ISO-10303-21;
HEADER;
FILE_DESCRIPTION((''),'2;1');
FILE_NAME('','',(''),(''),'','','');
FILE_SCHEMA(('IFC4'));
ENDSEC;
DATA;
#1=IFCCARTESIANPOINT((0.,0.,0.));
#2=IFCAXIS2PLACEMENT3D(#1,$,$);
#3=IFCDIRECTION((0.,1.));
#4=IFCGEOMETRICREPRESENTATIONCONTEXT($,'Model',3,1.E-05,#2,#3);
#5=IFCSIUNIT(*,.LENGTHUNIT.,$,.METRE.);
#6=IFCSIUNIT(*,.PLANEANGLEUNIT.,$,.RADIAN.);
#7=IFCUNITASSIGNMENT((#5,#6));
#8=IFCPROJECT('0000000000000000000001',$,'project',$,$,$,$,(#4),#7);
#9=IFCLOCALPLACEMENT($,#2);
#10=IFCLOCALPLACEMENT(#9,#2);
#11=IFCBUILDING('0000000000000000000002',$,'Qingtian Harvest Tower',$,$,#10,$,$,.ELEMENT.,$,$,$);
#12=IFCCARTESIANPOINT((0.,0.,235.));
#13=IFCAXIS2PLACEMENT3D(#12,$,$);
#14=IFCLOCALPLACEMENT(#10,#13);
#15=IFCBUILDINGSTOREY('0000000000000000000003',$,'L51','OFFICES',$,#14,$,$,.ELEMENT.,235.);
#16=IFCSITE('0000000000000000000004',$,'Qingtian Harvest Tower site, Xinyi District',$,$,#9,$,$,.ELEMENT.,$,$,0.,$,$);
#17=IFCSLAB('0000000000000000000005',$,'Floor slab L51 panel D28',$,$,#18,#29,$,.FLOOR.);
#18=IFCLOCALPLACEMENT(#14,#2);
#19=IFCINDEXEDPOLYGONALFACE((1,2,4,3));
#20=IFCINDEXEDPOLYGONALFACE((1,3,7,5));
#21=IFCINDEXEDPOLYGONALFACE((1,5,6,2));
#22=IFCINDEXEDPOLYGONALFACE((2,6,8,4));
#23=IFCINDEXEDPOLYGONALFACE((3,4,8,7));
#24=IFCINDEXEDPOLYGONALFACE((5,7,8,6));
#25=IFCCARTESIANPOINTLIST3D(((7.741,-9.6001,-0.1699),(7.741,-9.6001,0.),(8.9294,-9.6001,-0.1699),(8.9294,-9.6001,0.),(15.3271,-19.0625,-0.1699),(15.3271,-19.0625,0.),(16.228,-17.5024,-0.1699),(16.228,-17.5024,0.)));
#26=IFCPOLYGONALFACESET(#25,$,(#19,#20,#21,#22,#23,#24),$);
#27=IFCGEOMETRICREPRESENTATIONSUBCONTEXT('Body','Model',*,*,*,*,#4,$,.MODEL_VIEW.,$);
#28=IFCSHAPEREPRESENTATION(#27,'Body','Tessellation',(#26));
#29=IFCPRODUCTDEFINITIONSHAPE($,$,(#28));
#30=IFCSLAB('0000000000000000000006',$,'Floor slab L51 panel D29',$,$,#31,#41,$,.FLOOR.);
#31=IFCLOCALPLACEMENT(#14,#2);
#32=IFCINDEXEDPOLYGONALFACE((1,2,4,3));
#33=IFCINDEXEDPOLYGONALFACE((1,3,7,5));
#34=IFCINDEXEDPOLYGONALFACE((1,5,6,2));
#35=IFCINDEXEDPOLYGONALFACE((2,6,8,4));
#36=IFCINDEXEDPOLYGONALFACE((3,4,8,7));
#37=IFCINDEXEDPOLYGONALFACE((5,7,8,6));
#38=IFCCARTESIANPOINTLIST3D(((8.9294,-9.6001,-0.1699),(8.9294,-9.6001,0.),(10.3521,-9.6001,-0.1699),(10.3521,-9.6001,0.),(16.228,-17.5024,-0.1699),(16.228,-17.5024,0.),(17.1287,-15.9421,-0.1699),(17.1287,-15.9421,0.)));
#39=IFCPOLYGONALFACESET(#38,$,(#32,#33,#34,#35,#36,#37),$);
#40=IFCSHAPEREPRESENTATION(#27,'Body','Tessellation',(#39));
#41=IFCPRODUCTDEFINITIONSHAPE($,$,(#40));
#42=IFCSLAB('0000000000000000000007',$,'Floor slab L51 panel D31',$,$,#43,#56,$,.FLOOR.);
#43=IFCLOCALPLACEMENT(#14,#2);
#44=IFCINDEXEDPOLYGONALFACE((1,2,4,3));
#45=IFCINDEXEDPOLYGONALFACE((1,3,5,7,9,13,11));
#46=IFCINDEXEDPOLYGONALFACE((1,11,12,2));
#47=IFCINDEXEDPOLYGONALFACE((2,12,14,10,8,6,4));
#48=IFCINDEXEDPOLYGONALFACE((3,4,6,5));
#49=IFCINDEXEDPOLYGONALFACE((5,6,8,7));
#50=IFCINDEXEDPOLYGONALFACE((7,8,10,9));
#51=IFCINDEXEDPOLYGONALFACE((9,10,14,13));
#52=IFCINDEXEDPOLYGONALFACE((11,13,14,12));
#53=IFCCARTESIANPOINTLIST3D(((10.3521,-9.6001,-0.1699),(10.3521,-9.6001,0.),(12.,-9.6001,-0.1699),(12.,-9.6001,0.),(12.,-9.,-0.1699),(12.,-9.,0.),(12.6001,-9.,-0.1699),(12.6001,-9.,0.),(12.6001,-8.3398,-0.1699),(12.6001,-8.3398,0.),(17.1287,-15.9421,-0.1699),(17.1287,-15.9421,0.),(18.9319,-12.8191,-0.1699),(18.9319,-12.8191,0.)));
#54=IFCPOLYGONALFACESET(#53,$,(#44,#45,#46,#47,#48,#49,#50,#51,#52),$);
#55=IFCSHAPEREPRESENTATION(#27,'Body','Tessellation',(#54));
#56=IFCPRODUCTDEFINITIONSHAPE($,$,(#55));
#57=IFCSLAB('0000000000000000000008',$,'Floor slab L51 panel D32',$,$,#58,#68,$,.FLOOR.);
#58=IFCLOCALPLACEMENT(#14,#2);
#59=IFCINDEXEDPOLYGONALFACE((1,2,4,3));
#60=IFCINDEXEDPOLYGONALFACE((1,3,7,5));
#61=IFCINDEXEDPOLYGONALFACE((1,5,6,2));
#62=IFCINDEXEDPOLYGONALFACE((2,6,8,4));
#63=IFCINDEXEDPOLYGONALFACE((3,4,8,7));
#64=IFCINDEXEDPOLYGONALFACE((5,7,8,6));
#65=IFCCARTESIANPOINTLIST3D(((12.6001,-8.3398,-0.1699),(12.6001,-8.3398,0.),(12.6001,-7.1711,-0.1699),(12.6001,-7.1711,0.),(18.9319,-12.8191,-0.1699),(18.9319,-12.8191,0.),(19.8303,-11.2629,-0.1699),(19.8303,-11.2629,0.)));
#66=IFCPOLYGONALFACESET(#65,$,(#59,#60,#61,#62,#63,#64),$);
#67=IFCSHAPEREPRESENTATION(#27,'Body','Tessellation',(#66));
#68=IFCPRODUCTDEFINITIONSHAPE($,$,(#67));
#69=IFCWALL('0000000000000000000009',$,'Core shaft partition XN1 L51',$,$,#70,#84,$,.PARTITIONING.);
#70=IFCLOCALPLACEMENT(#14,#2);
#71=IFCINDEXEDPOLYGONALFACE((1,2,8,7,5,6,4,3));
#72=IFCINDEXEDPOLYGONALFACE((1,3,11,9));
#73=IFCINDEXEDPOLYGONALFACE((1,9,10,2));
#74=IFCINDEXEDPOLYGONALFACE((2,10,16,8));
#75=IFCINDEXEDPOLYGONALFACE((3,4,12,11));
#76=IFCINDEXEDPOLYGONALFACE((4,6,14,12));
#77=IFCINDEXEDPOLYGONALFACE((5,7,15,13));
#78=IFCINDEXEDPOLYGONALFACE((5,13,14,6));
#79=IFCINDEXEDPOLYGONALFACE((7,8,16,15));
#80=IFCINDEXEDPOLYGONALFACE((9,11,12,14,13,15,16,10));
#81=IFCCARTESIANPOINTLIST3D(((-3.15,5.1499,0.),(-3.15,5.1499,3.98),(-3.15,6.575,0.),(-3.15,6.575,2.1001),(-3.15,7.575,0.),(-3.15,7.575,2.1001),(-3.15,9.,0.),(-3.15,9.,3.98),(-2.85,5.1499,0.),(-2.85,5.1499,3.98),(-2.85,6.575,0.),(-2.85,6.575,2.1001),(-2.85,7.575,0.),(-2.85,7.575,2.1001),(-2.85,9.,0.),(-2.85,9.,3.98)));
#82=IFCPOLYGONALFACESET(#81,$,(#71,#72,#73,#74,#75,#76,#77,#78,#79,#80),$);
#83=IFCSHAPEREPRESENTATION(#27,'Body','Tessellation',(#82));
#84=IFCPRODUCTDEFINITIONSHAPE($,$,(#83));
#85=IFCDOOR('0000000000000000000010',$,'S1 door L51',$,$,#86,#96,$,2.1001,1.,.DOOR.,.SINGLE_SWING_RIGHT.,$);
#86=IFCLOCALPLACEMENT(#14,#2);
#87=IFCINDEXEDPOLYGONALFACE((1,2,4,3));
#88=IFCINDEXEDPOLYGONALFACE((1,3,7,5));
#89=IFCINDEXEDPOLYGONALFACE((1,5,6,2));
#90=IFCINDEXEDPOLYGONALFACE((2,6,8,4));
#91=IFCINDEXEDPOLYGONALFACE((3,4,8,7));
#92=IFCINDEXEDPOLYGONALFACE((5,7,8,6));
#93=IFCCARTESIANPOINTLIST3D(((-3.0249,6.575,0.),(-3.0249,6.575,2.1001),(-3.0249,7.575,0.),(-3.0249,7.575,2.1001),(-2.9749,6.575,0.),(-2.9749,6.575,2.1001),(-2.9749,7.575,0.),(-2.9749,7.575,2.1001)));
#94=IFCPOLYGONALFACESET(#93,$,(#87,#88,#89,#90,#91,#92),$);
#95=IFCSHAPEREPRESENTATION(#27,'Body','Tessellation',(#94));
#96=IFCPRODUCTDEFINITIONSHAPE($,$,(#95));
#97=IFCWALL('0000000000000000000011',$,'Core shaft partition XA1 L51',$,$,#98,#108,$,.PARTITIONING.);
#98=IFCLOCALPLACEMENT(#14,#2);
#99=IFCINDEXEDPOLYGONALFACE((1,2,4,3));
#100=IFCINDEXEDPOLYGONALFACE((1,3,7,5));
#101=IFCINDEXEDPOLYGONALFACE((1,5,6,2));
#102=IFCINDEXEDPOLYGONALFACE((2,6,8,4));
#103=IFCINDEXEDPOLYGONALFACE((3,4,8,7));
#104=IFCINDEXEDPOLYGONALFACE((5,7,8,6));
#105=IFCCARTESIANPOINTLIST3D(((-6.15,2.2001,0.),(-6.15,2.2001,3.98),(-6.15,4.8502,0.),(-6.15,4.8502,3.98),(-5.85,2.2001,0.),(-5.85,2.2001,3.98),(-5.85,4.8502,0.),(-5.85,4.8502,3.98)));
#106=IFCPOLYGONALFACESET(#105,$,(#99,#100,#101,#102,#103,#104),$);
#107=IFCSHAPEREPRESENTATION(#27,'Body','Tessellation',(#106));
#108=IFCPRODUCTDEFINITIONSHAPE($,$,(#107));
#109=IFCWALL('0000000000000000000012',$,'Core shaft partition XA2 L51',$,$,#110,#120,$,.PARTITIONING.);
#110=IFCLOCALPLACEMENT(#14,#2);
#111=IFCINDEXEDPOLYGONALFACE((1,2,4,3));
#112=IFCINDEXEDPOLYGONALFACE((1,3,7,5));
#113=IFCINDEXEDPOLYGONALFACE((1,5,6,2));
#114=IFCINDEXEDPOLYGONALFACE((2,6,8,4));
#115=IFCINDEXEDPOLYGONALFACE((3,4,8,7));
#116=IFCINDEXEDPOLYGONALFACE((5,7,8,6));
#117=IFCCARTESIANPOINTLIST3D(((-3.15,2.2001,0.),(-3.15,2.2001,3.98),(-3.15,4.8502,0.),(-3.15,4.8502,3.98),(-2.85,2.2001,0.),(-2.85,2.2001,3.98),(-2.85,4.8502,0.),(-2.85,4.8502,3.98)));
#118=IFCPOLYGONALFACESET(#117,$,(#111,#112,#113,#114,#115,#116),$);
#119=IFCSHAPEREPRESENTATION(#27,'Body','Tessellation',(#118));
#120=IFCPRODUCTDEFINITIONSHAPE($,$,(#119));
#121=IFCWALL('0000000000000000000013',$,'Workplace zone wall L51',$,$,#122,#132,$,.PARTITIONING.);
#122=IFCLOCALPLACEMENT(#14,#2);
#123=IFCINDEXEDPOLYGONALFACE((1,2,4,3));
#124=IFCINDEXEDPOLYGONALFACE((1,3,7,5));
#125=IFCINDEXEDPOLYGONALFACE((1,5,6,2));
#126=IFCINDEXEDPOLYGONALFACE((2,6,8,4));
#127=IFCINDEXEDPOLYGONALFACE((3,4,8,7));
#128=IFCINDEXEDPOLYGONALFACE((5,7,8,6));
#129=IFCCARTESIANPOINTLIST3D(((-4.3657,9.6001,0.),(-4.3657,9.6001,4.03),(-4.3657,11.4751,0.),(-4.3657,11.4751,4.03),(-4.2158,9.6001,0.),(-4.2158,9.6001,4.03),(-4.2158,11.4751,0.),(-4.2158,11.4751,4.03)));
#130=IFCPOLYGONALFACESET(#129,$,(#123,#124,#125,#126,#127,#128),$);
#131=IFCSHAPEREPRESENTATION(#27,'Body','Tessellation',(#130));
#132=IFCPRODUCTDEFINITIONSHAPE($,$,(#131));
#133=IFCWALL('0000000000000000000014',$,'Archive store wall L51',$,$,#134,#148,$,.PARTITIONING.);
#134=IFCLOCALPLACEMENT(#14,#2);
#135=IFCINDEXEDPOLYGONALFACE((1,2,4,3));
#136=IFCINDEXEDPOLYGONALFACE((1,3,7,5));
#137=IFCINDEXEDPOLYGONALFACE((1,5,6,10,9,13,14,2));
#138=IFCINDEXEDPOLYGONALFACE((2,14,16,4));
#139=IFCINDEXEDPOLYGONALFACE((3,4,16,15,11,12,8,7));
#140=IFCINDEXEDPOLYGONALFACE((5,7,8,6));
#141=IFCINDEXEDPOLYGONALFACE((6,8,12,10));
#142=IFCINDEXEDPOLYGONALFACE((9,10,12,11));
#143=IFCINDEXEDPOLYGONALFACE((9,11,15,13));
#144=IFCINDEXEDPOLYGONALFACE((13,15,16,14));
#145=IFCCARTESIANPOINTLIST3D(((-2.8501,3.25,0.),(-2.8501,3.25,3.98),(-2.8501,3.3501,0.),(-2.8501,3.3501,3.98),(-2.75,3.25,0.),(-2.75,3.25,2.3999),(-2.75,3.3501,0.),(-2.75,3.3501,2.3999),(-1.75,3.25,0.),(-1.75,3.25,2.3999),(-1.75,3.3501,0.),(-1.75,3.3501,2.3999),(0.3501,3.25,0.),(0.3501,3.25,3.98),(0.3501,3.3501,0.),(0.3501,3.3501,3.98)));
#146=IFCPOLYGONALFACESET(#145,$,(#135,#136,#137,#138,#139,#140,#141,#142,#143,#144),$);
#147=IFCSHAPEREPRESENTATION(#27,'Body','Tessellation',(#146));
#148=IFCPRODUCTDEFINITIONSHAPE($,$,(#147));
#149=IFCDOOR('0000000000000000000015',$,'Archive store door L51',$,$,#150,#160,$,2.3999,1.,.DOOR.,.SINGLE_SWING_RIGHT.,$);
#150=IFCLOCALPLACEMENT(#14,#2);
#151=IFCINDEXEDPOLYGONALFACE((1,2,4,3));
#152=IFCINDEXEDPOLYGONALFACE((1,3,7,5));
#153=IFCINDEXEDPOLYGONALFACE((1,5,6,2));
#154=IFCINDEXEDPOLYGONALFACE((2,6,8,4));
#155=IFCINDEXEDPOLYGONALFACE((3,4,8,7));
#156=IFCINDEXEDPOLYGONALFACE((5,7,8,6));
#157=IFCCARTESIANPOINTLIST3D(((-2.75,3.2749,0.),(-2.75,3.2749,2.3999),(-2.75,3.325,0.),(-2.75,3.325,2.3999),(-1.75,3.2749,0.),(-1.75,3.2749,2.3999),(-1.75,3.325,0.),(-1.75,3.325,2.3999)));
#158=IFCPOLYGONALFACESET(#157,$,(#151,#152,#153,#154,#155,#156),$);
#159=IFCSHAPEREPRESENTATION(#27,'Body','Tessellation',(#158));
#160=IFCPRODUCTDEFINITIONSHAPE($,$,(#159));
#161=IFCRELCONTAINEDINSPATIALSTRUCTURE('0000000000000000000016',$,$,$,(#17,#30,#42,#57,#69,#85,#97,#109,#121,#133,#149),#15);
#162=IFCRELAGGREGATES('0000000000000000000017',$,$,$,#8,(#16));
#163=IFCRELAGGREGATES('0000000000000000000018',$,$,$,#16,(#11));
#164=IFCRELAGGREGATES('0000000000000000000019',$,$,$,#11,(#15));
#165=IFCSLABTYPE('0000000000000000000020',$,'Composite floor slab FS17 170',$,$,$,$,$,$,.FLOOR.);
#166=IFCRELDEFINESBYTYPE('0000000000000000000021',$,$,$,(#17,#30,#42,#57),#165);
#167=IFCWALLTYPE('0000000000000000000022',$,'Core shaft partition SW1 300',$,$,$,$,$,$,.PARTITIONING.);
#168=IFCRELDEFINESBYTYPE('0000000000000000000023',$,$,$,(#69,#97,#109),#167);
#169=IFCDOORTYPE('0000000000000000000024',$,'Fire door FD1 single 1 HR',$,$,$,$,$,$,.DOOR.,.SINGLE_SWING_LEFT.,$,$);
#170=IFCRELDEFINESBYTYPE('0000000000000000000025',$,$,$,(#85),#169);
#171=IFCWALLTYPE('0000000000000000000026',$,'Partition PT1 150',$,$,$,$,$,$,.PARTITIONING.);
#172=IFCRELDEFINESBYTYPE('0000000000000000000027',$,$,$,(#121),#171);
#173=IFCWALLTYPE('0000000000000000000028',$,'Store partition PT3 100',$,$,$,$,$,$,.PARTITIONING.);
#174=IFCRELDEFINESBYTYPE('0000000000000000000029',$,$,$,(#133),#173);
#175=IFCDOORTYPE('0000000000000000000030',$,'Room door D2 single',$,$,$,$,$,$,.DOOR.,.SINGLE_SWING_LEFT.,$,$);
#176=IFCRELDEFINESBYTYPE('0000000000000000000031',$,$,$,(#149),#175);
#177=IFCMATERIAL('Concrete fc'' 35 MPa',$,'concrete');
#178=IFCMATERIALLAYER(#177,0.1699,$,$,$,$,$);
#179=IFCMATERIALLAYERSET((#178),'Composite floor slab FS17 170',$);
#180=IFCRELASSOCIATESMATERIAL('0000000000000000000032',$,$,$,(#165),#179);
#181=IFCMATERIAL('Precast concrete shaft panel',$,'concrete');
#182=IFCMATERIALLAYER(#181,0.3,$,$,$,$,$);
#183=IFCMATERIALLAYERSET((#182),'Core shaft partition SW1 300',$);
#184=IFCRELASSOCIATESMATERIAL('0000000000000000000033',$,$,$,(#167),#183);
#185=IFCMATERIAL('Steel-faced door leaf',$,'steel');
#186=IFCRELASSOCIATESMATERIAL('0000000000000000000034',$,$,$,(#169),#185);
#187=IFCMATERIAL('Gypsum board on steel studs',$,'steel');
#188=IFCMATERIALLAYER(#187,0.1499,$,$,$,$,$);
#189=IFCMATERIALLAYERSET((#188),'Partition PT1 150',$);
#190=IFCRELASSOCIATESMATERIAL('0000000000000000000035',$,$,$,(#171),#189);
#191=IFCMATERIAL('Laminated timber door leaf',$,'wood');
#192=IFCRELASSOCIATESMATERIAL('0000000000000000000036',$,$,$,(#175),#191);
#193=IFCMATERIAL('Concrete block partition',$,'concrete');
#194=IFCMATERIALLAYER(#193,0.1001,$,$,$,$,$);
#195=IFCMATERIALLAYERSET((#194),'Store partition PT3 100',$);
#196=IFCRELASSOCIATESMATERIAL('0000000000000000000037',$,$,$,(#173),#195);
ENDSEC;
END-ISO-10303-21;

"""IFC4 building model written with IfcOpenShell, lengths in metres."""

from ifc_helpers import new_model, si_unit, direction, frame, frame_2d, origin, place, context, subcontext, project, spatial, polyline, rectangle, outline, extrude, material, layer, layer_set, type_object, element, fill, save


model = new_model("IFC4")

# Units and contexts
model_context = context("Model", 3, precision=1e-05, world=origin(), true_north=direction((0.0, 1.0)))
body_context = subcontext(model_context, "Body", "Model", "MODEL_VIEW")
ifc_project = project(units=[si_unit("LENGTHUNIT", "METRE"), si_unit("PLANEANGLEUNIT", "RADIAN")], contexts=[model_context])

# Site, building, storey
site_placement = place(None, origin())
site = spatial("IfcSite", under=ifc_project, at=site_placement, Name="Qingtian Harvest Tower site, Xinyi District", CompositionType="ELEMENT", RefElevation=0.0)
building_placement = place(site_placement, origin())
building = spatial("IfcBuilding", under=site, at=building_placement, Name="Qingtian Harvest Tower", CompositionType="ELEMENT")
storey_placement = place(building_placement, frame((0.0, 0.0, 235.0)))
storey = spatial("IfcBuildingStorey", under=building, at=storey_placement, Name="L51", Description="OFFICES", CompositionType="ELEMENT", Elevation=235.0)

# Slabs
ifc_material_1 = material(Name="Concrete fc' 35 MPa", Category="concrete")
ifc_layer_1 = layer(ifc_material_1, 0.1699)
ifc_layer_set_1 = layer_set([ifc_layer_1], Name="Composite floor slab FS17 170")
slab_type = type_object("IfcSlabType", Name="Composite floor slab FS17 170", PredefinedType="FLOOR", material=ifc_layer_set_1)
slab_1_placement = place(storey_placement, frame((0.0, 0.0, -0.1699)))
element("IfcSlab", 1, at=slab_1_placement, inside=storey, type_object=slab_type, Name="Floor slab L51 panel D28", PredefinedType="FLOOR", context=body_context, shape_type="SweptSolid", body=[
    extrude(outline(polyline([(8.9294, -9.6001), (16.228, -17.5024), (15.3271, -19.0625), (7.741, -9.6001), (8.9294, -9.6001)])), origin(), (0.0, 0.0, 1.0), 0.1699),
])
slab_2_placement = place(storey_placement, frame((0.0, 0.0, -0.1699)))
element("IfcSlab", 2, at=slab_2_placement, inside=storey, type_object=slab_type, Name="Floor slab L51 panel D29", PredefinedType="FLOOR", context=body_context, shape_type="SweptSolid", body=[
    extrude(outline(polyline([(10.3521, -9.6001), (17.1287, -15.9421), (16.228, -17.5024), (8.9294, -9.6001), (10.3521, -9.6001)])), origin(), (0.0, 0.0, 1.0), 0.1699),
])
slab_3_placement = place(storey_placement, frame((0.0, 0.0, -0.1699)))
element("IfcSlab", 3, at=slab_3_placement, inside=storey, type_object=slab_type, Name="Floor slab L51 panel D31", PredefinedType="FLOOR", context=body_context, shape_type="SweptSolid", body=[
    extrude(outline(polyline([(12.6001, -8.3398), (18.9319, -12.8191), (17.1287, -15.9421), (10.3521, -9.6001), (12.0, -9.6001), (12.0, -9.0), (12.6001, -9.0), (12.6001, -8.3398)])), origin(), (0.0, 0.0, 1.0), 0.1699),
])
slab_4_placement = place(storey_placement, frame((0.0, 0.0, -0.1699)))
element("IfcSlab", 4, at=slab_4_placement, inside=storey, type_object=slab_type, Name="Floor slab L51 panel D32", PredefinedType="FLOOR", context=body_context, shape_type="SweptSolid", body=[
    extrude(outline(polyline([(12.6001, -7.1711), (19.8303, -11.2629), (18.9319, -12.8191), (12.6001, -8.3398), (12.6001, -7.1711)])), origin(), (0.0, 0.0, 1.0), 0.1699),
])

# Wall, opening, door
ifc_material_2 = material(Name="Precast concrete shaft panel", Category="concrete")
ifc_layer_2 = layer(ifc_material_2, 0.3)
ifc_layer_set_2 = layer_set([ifc_layer_2], Name="Core shaft partition SW1 300")
wall_type_1 = type_object("IfcWallType", Name="Core shaft partition SW1 300", PredefinedType="PARTITIONING", material=ifc_layer_set_2)
wall_1_placement = place(storey_placement, frame((-3.0, 5.1499, 0.0), z_axis=(0.0, 0.0, 1.0), x_axis=(0.0, 1.0, 0.0)))
wall_1 = element("IfcWall", 5, at=wall_1_placement, inside=storey, type_object=wall_type_1, Name="Core shaft partition XN1 L51", PredefinedType="PARTITIONING", context=body_context, shape_type="SweptSolid", body=[
    extrude(rectangle(XDim=3.8501, YDim=0.3, at=frame_2d((1.925, 0.0))), origin(), (0.0, 0.0, 1.0), 3.98),
])
opening_1_placement = place(wall_1_placement, frame((1.425, 0.0, 0.0)))
opening_1 = element("IfcOpeningElement", 6, at=opening_1_placement, cuts=wall_1, PredefinedType="OPENING", context=body_context, shape_type="SweptSolid", body=[
    extrude(rectangle(XDim=1.0, YDim=2.1001, at=frame_2d((0.5, 1.05))), frame((0.0, 0.1599, 0.0), z_axis=(0.0, -1.0, 0.0), x_axis=(1.0, 0.0, 0.0)), (0.0, 0.0, 1.0), 0.3201),
])
ifc_material_3 = material(Name="Steel-faced door leaf", Category="steel")
door_type_1 = type_object("IfcDoorType", Name="Fire door FD1 single 1 HR", OperationType="SINGLE_SWING_LEFT", PredefinedType="DOOR", material=ifc_material_3)
door_1_placement = place(opening_1_placement, origin())
door_1 = element("IfcDoor", 7, at=door_1_placement, inside=storey, type_object=door_type_1, Name="S1 door L51", OperationType="SINGLE_SWING_RIGHT", OverallHeight=2.1001, OverallWidth=1.0, PredefinedType="DOOR", context=body_context, shape_type="SweptSolid", body=[
    extrude(rectangle(XDim=1.0, YDim=2.1001, at=frame_2d((0.5, 1.05))), frame((0.0, 0.0249, 0.0), z_axis=(0.0, -1.0, 0.0), x_axis=(1.0, 0.0, 0.0)), (0.0, 0.0, 1.0), 0.05),
])
fill(opening_1, door_1)

# Walls
for number, where, z_axis, x_axis, name in (
    (8, (-6.0, 2.2, 0.0), (0.0, 0.0, 1.0), (0.0, 1.0, 0.0), "Core shaft partition XA1 L51"),
    (9, (-3.0, 2.2, 0.0), (0.0, 0.0, 1.0), (0.0, 1.0, 0.0), "Core shaft partition XA2 L51"),
):
    element("IfcWall", number, at=place(storey_placement, frame(where, z_axis=z_axis, x_axis=x_axis)), inside=storey, type_object=wall_type_1, Name=name, PredefinedType="PARTITIONING", context=body_context, shape_type="SweptSolid", body=[
        extrude(rectangle(XDim=2.6501, YDim=0.3, at=frame_2d((1.3252, 0.0))), origin(), (0.0, 0.0, 1.0), 3.98),
    ])
ifc_material_4 = material(Name="Gypsum board on steel studs", Category="steel")
ifc_layer_3 = layer(ifc_material_4, 0.1499)
ifc_layer_set_3 = layer_set([ifc_layer_3], Name="Partition PT1 150")
wall_type_2 = type_object("IfcWallType", Name="Partition PT1 150", PredefinedType="PARTITIONING", material=ifc_layer_set_3)
wall_2_placement = place(storey_placement, frame((-4.2908, 9.6001, 0.0), z_axis=(0.0, 0.0, 1.0), x_axis=(0.0, 1.0, 0.0)))
element("IfcWall", 10, at=wall_2_placement, inside=storey, type_object=wall_type_2, Name="Workplace zone wall L51", PredefinedType="PARTITIONING", context=body_context, shape_type="SweptSolid", body=[
    extrude(rectangle(XDim=1.875, YDim=0.1499, at=frame_2d((0.9375, 0.0))), origin(), (0.0, 0.0, 1.0), 4.03),
])

# Wall, opening, door
ifc_material_5 = material(Name="Laminated timber door leaf", Category="wood")
door_type_2 = type_object("IfcDoorType", Name="Room door D2 single", OperationType="SINGLE_SWING_LEFT", PredefinedType="DOOR", material=ifc_material_5)
ifc_material_6 = material(Name="Concrete block partition", Category="concrete")
ifc_layer_4 = layer(ifc_material_6, 0.1001)
ifc_layer_set_4 = layer_set([ifc_layer_4], Name="Store partition PT3 100")
wall_type_3 = type_object("IfcWallType", Name="Store partition PT3 100", PredefinedType="PARTITIONING", material=ifc_layer_set_4)
wall_3_placement = place(storey_placement, frame((-2.8501, 3.3, 0.0), z_axis=(0.0, 0.0, 1.0), x_axis=(1.0, 0.0, 0.0)))
wall_3 = element("IfcWall", 11, at=wall_3_placement, inside=storey, type_object=wall_type_3, Name="Archive store wall L51", PredefinedType="PARTITIONING", context=body_context, shape_type="SweptSolid", body=[
    extrude(rectangle(XDim=3.2002, YDim=0.1001, at=frame_2d((1.6001, 0.0))), origin(), (0.0, 0.0, 1.0), 3.98),
])
opening_2_placement = place(wall_3_placement, frame((0.1001, 0.0, 0.0)))
opening_2 = element("IfcOpeningElement", 12, at=opening_2_placement, cuts=wall_3, PredefinedType="OPENING", context=body_context, shape_type="SweptSolid", body=[
    extrude(rectangle(XDim=1.0, YDim=2.3999, at=frame_2d((0.5, 1.2))), frame((0.0, 0.0601, 0.0), z_axis=(0.0, -1.0, 0.0), x_axis=(1.0, 0.0, 0.0)), (0.0, 0.0, 1.0), 0.1201),
])
door_2_placement = place(opening_2_placement, origin())
door_2 = element("IfcDoor", 13, at=door_2_placement, inside=storey, type_object=door_type_2, Name="Archive store door L51", OperationType="SINGLE_SWING_RIGHT", OverallHeight=2.3999, OverallWidth=1.0, PredefinedType="DOOR", context=body_context, shape_type="SweptSolid", body=[
    extrude(rectangle(XDim=1.0, YDim=2.3999, at=frame_2d((0.5, 1.2))), frame((0.0, 0.0249, 0.0), z_axis=(0.0, -1.0, 0.0), x_axis=(1.0, 0.0, 0.0)), (0.0, 0.0, 1.0), 0.05),
])
fill(opening_2, door_2)

save(model, "model.ifc")
